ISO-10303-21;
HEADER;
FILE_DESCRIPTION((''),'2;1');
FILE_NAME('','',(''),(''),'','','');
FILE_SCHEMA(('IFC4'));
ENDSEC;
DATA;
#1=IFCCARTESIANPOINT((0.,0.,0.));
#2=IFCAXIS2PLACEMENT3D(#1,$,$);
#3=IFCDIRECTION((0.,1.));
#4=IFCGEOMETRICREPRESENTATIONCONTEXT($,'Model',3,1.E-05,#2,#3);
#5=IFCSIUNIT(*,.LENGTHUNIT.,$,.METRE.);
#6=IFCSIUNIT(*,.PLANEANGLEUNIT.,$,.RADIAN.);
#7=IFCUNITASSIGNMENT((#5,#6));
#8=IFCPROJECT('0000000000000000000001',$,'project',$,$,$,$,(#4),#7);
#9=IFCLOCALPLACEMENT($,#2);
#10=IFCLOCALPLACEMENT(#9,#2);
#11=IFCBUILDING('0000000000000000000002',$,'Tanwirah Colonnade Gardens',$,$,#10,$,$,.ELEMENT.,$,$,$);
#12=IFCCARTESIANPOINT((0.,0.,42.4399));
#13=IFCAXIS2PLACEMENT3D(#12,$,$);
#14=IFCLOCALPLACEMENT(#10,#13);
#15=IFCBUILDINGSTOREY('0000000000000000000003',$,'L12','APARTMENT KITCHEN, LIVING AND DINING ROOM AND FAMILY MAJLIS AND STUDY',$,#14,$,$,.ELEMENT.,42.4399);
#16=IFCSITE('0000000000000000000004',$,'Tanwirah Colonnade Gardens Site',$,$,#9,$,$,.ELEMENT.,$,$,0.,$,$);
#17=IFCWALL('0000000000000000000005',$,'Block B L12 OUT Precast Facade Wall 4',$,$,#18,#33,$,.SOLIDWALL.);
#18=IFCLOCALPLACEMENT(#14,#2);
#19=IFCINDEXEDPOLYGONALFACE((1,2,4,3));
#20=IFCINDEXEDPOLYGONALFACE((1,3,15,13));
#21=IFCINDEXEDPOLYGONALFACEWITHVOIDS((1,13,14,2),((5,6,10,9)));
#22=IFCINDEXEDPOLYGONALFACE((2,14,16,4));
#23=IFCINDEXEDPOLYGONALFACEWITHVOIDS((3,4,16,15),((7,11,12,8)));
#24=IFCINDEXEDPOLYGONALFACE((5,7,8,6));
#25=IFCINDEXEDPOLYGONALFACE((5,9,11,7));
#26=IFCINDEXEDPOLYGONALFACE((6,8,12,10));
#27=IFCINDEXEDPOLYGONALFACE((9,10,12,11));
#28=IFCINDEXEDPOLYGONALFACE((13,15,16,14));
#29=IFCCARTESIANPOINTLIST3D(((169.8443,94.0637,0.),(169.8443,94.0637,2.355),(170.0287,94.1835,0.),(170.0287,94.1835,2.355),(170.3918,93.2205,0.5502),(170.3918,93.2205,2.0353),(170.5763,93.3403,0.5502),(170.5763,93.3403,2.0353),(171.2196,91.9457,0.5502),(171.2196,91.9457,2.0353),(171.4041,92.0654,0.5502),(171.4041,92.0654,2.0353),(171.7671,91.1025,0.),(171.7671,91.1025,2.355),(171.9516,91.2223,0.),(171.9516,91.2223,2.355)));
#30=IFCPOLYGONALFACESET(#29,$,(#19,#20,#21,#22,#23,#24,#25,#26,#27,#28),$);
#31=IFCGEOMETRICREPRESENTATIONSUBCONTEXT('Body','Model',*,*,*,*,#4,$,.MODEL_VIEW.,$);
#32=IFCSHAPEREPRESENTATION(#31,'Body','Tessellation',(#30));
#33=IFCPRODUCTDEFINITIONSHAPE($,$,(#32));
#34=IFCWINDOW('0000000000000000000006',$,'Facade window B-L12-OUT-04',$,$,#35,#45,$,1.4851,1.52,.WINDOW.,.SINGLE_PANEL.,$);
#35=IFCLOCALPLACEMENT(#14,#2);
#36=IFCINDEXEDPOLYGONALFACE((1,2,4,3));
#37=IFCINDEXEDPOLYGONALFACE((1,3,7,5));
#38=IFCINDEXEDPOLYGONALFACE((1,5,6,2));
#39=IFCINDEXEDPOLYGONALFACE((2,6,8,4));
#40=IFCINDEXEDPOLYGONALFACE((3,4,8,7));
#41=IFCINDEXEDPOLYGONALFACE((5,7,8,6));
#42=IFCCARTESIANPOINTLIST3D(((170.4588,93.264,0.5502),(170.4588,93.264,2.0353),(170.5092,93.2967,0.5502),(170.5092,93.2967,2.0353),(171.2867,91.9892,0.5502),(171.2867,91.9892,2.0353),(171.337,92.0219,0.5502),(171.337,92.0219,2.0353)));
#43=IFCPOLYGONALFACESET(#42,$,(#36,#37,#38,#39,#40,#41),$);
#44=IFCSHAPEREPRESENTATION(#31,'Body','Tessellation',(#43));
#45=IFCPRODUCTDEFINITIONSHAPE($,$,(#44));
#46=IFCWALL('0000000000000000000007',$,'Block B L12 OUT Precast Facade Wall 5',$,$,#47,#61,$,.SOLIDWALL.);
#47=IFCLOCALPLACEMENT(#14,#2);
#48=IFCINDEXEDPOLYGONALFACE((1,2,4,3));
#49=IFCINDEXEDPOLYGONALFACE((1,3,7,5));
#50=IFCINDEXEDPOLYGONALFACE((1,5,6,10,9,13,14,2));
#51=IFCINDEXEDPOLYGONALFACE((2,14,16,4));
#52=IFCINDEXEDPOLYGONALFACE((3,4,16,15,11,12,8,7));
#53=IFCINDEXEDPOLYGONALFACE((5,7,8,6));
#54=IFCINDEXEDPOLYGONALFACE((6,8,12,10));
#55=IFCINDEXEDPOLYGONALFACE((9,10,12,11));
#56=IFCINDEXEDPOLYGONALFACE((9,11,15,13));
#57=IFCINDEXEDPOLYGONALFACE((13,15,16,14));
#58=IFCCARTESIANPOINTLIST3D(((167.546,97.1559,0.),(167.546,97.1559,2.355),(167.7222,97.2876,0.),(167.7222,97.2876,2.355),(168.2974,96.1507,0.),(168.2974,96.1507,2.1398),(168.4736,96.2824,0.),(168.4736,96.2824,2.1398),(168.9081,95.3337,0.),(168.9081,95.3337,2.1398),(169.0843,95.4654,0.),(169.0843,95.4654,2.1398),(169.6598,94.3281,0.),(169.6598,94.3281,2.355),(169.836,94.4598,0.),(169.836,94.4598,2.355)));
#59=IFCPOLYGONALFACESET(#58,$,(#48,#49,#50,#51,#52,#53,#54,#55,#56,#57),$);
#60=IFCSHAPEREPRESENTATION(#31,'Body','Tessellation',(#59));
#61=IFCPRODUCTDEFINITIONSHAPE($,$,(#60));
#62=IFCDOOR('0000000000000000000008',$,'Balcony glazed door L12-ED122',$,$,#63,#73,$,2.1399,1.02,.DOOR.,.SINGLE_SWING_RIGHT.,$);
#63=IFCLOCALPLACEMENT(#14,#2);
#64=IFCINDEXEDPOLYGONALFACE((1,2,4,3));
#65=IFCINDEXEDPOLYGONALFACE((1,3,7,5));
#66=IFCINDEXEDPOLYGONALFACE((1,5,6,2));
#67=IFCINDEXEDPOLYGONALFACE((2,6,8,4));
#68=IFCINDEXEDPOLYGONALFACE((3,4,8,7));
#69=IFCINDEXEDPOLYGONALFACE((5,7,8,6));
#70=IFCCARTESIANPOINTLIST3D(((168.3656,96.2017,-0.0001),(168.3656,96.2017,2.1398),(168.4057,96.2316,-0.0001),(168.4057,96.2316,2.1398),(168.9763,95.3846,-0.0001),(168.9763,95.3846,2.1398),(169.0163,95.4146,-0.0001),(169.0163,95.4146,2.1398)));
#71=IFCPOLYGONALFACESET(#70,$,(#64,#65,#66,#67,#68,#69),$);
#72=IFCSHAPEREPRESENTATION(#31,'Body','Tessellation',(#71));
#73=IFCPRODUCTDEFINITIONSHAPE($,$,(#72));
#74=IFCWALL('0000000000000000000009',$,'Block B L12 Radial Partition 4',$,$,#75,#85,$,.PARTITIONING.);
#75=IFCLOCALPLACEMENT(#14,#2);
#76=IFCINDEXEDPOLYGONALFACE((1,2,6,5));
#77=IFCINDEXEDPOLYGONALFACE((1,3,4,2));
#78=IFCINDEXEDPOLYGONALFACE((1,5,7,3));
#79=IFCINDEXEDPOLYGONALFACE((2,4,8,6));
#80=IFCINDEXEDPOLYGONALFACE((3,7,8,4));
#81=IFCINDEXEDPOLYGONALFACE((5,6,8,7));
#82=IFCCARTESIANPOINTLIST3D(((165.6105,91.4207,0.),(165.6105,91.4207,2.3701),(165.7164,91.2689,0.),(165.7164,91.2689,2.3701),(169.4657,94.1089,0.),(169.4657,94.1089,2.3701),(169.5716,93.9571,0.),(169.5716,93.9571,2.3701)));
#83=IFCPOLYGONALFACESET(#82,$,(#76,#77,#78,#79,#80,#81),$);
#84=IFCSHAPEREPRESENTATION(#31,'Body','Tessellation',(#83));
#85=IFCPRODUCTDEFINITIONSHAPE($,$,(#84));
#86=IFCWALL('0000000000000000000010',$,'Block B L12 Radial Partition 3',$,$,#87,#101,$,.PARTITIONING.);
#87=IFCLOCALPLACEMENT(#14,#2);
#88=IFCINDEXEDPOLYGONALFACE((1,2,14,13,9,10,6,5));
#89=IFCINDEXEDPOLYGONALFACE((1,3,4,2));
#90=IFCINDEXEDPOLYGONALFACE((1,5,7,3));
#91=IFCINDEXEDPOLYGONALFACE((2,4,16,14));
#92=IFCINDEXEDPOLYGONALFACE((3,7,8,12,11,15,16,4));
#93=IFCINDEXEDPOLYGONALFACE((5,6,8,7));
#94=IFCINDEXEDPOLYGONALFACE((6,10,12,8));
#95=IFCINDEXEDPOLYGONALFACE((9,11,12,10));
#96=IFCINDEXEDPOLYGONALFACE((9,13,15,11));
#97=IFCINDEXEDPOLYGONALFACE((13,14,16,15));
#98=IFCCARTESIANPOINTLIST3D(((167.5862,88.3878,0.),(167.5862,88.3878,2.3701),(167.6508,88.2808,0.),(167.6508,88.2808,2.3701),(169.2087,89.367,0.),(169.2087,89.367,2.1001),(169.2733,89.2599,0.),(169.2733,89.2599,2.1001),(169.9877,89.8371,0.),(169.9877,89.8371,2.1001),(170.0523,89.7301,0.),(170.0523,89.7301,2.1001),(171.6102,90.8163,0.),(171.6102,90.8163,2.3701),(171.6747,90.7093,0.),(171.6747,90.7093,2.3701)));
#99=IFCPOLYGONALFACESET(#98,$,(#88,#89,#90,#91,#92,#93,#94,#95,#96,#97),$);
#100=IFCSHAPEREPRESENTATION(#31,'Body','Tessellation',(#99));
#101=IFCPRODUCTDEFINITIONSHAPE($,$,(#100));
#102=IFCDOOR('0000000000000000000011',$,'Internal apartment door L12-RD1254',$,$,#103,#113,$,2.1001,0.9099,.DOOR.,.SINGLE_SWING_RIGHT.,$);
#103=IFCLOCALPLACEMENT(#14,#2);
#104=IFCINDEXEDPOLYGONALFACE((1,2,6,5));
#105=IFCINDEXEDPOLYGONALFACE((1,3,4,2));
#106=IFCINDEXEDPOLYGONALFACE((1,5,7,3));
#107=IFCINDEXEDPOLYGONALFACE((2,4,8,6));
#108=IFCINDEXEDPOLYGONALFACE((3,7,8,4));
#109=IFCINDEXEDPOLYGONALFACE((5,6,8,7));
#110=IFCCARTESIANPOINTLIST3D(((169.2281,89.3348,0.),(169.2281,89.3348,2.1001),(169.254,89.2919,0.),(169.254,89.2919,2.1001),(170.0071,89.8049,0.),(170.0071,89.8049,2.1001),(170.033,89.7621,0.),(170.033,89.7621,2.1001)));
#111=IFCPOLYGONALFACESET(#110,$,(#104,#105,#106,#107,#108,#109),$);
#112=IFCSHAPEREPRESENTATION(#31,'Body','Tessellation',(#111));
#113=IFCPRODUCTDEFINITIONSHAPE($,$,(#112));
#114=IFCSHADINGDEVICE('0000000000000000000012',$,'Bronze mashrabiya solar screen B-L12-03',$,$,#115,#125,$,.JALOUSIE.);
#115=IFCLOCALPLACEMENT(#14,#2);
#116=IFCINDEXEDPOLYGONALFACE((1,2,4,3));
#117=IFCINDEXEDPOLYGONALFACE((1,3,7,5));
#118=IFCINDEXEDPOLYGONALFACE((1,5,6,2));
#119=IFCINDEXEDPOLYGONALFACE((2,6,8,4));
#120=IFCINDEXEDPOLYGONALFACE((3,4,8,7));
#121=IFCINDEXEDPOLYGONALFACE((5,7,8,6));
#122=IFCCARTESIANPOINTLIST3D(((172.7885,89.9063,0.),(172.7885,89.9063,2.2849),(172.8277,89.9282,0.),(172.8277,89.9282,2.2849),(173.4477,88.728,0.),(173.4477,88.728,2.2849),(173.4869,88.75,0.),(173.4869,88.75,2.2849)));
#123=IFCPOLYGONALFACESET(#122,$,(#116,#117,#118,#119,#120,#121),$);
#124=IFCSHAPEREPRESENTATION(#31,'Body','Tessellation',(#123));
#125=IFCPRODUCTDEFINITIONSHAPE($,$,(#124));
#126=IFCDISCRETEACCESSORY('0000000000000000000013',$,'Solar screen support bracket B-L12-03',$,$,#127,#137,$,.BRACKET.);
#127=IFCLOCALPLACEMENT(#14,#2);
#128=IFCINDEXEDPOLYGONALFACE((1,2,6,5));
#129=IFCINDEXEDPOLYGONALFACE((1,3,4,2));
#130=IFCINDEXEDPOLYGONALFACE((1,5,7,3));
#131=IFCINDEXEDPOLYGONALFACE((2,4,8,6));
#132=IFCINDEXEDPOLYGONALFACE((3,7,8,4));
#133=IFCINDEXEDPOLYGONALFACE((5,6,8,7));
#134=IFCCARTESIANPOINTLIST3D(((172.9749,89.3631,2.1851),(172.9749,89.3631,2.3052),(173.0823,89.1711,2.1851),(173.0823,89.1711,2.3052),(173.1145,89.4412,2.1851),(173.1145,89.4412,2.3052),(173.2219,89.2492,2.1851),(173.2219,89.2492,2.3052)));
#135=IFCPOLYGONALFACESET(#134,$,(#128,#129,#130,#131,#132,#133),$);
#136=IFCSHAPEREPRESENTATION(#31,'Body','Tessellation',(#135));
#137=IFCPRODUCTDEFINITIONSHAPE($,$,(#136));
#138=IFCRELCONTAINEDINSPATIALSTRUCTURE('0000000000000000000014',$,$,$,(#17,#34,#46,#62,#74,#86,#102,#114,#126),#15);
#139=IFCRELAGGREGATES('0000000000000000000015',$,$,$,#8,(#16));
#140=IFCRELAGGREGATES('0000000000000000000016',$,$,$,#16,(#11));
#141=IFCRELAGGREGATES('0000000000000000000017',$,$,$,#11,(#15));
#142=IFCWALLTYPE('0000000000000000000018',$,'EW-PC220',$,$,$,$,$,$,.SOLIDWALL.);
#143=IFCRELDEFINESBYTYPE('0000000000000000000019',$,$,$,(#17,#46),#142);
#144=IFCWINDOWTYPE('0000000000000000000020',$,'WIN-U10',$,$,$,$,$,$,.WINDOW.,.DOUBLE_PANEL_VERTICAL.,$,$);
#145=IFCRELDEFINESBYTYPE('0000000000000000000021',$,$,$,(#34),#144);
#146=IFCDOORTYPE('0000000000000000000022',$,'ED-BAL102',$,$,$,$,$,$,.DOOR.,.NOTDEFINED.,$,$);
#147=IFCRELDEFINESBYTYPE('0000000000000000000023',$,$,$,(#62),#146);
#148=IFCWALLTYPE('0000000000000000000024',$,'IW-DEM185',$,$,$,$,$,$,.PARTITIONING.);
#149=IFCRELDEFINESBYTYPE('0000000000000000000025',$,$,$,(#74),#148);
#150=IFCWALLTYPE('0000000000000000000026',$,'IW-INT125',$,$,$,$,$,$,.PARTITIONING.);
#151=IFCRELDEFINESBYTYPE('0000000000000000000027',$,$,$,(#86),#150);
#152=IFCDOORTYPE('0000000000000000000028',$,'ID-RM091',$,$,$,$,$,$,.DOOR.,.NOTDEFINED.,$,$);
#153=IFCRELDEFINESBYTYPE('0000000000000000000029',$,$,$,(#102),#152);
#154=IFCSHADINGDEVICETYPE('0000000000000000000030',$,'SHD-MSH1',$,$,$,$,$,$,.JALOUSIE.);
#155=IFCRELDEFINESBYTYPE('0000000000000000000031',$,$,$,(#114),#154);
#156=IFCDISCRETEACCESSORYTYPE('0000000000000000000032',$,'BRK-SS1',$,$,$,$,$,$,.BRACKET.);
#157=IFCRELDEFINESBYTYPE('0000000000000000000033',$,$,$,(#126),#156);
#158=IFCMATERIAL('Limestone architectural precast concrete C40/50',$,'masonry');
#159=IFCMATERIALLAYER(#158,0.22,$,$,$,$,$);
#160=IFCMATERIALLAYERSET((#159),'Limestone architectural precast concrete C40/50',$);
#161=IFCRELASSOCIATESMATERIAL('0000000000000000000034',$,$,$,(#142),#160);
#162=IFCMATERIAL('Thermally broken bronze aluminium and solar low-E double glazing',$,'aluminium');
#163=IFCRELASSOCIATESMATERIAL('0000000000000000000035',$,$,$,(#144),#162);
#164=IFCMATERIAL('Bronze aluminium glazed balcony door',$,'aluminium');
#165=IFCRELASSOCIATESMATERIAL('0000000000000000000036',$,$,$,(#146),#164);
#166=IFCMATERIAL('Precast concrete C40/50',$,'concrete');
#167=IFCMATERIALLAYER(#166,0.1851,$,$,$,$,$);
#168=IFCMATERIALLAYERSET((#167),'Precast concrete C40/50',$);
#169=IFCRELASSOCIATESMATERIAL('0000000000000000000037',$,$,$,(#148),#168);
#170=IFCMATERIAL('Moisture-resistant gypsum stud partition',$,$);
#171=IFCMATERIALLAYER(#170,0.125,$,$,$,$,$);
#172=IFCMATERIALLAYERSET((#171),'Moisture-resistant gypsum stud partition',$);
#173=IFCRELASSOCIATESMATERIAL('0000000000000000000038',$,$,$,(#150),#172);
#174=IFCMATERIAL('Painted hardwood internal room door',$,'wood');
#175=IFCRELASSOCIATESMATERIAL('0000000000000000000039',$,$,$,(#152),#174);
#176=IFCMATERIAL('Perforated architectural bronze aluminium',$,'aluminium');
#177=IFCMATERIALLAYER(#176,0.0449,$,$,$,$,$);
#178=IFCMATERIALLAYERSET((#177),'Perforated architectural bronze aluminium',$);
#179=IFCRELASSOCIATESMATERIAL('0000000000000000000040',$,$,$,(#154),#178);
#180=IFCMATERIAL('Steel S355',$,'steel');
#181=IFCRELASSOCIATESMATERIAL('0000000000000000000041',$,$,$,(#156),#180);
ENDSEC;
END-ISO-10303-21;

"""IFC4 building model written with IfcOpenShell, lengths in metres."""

from ifc_helpers import new_model, si_unit, direction, frame, frame_2d, origin, origin_2d, place, context, subcontext, project, spatial, rectangle, extrude, material, layer, layer_set, type_object, element, fill, save


model = new_model("IFC4")

# Units and contexts
model_context = context("Model", 3, precision=1e-05, world=origin(), true_north=direction((0.0, 1.0)))
body_context = subcontext(model_context, "Body", "Model", "MODEL_VIEW")
ifc_project = project(units=[si_unit("LENGTHUNIT", "METRE"), si_unit("PLANEANGLEUNIT", "RADIAN")], contexts=[model_context])

# Site, building, storey
site_placement = place(None, origin())
site = spatial("IfcSite", under=ifc_project, at=site_placement, Name="Tanwirah Colonnade Gardens Site", CompositionType="ELEMENT", RefElevation=0.0)
building_placement = place(site_placement, origin())
building = spatial("IfcBuilding", under=site, at=building_placement, Name="Tanwirah Colonnade Gardens", CompositionType="ELEMENT")
storey_placement = place(building_placement, frame((0.0, 0.0, 42.4399)))
storey = spatial("IfcBuildingStorey", under=building, at=storey_placement, Name="L12", Description="APARTMENT KITCHEN, LIVING AND DINING ROOM AND FAMILY MAJLIS AND STUDY", CompositionType="ELEMENT", Elevation=42.4399)

# Shared definitions
ifc_material_1 = material(Name="Precast concrete C40/50", Category="concrete")

# Wall, opening, window
ifc_material_2 = material(Name="Limestone architectural precast concrete C40/50", Category="masonry")
ifc_layer_1 = layer(ifc_material_2, 0.22)
ifc_layer_set_1 = layer_set([ifc_layer_1], Name="Limestone architectural precast concrete C40/50")
wall_type_1 = type_object("IfcWallType", Name="EW-PC220", PredefinedType="SOLIDWALL", material=ifc_layer_set_1)
ifc_material_3 = material(Name="Thermally broken bronze aluminium and solar low-E double glazing", Category="aluminium")
wall_1_placement = place(storey_placement, frame((171.8594, 91.1624, 0.0), z_axis=(0.0, 0.0, 1.0), x_axis=(-0.544607, 0.838692, 0.0)))
wall_1 = element("IfcWall", 1, at=wall_1_placement, inside=storey, type_object=wall_type_1, Name="Block B L12 OUT Precast Facade Wall 4", PredefinedType="SOLIDWALL", context=body_context, shape_type="SweptSolid", body=[
    extrude(rectangle(XDim=3.5308, YDim=0.22, at=frame_2d((1.7654, 0.0))), origin(), (0.0, 0.0, 1.0), 2.355),
])
opening_1_placement = place(wall_1_placement, frame((1.0054, 0.0, 0.55)))
opening_1 = element("IfcOpeningElement", 2, at=opening_1_placement, cuts=wall_1, PredefinedType="OPENING", context=body_context, shape_type="SweptSolid", body=[
    extrude(rectangle(XDim=1.52, YDim=1.4851, at=frame_2d((0.76, 0.7427))), frame((0.0, 0.1199, 0.0), z_axis=(0.0, -1.0, 0.0), x_axis=(1.0, 0.0, 0.0)), (0.0, 0.0, 1.0), 0.24),
])
window_type_1 = type_object("IfcWindowType", Name="WIN-U10", PartitioningType="DOUBLE_PANEL_VERTICAL", PredefinedType="WINDOW", material=ifc_material_3)
window_1_placement = place(opening_1_placement, origin())
window_1 = element("IfcWindow", 3, at=window_1_placement, inside=storey, type_object=window_type_1, Name="Facade window B-L12-OUT-04", OverallHeight=1.4851, OverallWidth=1.52, PartitioningType="SINGLE_PANEL", PredefinedType="WINDOW", context=body_context, shape_type="SweptSolid", body=[
    extrude(rectangle(XDim=1.52, YDim=1.4851, at=frame_2d((0.76, 0.7427))), frame((0.0, 0.03, 0.0), z_axis=(0.0, -1.0, 0.0), x_axis=(1.0, 0.0, 0.0)), (0.0, 0.0, 1.0), 0.0601),
])
fill(opening_1, window_1)

# Wall, opening, door
wall_2_placement = place(storey_placement, frame((169.7478, 94.394, 0.0), z_axis=(0.0, 0.0, 1.0), x_axis=(-0.598705, 0.80097, 0.0)))
wall_2 = element("IfcWall", 4, at=wall_2_placement, inside=storey, type_object=wall_type_1, Name="Block B L12 OUT Precast Facade Wall 5", PredefinedType="SOLIDWALL", context=body_context, shape_type="SweptSolid", body=[
    extrude(rectangle(XDim=3.5305, YDim=0.22, at=frame_2d((1.7651, 0.0))), origin(), (0.0, 0.0, 1.0), 2.355),
])
opening_2_placement = place(wall_2_placement, frame((1.2554, 0.0, 0.0)))
opening_2 = element("IfcOpeningElement", 5, at=opening_2_placement, cuts=wall_2, PredefinedType="OPENING", context=body_context, shape_type="SweptSolid", body=[
    extrude(rectangle(XDim=1.02, YDim=2.1399, at=frame_2d((0.51, 1.0698))), frame((0.0, 0.1199, 0.0), z_axis=(0.0, -1.0, 0.0), x_axis=(1.0, 0.0, 0.0)), (0.0, 0.0, 1.0), 0.24),
])
ifc_material_4 = material(Name="Bronze aluminium glazed balcony door", Category="aluminium")
door_type_1 = type_object("IfcDoorType", Name="ED-BAL102", OperationType="NOTDEFINED", PredefinedType="DOOR", material=ifc_material_4)
door_1_placement = place(opening_2_placement, origin())
door_1 = element("IfcDoor", 6, at=door_1_placement, inside=storey, type_object=door_type_1, Name="Balcony glazed door L12-ED122", OperationType="SINGLE_SWING_RIGHT", OverallHeight=2.1399, OverallWidth=1.02, PredefinedType="DOOR", context=body_context, shape_type="SweptSolid", body=[
    extrude(rectangle(XDim=1.02, YDim=2.1399, at=frame_2d((0.51, 1.0698))), frame((0.0, 0.0249, 0.0), z_axis=(0.0, -1.0, 0.0), x_axis=(1.0, 0.0, 0.0)), (0.0, 0.0, 1.0), 0.05),
])
fill(opening_2, door_1)

# Wall
ifc_layer_2 = layer(ifc_material_1, 0.1851)
ifc_layer_set_2 = layer_set([ifc_layer_2], Name="Precast concrete C40/50")
wall_type_2 = type_object("IfcWallType", Name="IW-DEM185", PredefinedType="PARTITIONING", material=ifc_layer_set_2)
wall_3_placement = place(storey_placement, frame((165.6633, 91.3447, 0.0), z_axis=(0.0, 0.0, 1.0), x_axis=(0.820273, 0.571973, 0.0)))
element("IfcWall", 7, at=wall_3_placement, inside=storey, type_object=wall_type_2, Name="Block B L12 Radial Partition 4", PredefinedType="PARTITIONING", context=body_context, shape_type="SweptSolid", body=[
    extrude(rectangle(XDim=4.7, YDim=0.1851, at=frame_2d((2.3501, 0.0))), origin(), (0.0, 0.0, 1.0), 2.3701),
])

# Wall, opening, door
ifc_material_5 = material(Name="Moisture-resistant gypsum stud partition")
ifc_layer_3 = layer(ifc_material_5, 0.125)
ifc_layer_set_3 = layer_set([ifc_layer_3], Name="Moisture-resistant gypsum stud partition")
wall_type_3 = type_object("IfcWallType", Name="IW-INT125", PredefinedType="PARTITIONING", material=ifc_layer_set_3)
wall_4_placement = place(storey_placement, frame((167.6184, 88.3342, 0.0), z_axis=(0.0, 0.0, 1.0), x_axis=(0.856165, 0.516702, 0.0)))
wall_4 = element("IfcWall", 8, at=wall_4_placement, inside=storey, type_object=wall_type_3, Name="Block B L12 Radial Partition 3", PredefinedType="PARTITIONING", context=body_context, shape_type="SweptSolid", body=[
    extrude(rectangle(XDim=4.7, YDim=0.125, at=frame_2d((2.3501, 0.0))), origin(), (0.0, 0.0, 1.0), 2.3701),
])
opening_3_placement = place(wall_4_placement, frame((1.895, 0.0, 0.0)))
opening_3 = element("IfcOpeningElement", 9, at=opening_3_placement, cuts=wall_4, PredefinedType="OPENING", context=body_context, shape_type="SweptSolid", body=[
    extrude(rectangle(XDim=0.9099, YDim=2.1001, at=frame_2d((0.4551, 1.05))), frame((0.0, 0.0725, 0.0), z_axis=(0.0, -1.0, 0.0), x_axis=(1.0, 0.0, 0.0)), (0.0, 0.0, 1.0), 0.145),
])
ifc_material_6 = material(Name="Painted hardwood internal room door", Category="wood")
door_type_2 = type_object("IfcDoorType", Name="ID-RM091", OperationType="NOTDEFINED", PredefinedType="DOOR", material=ifc_material_6)
door_2_placement = place(opening_3_placement, origin())
door_2 = element("IfcDoor", 10, at=door_2_placement, inside=storey, type_object=door_type_2, Name="Internal apartment door L12-RD1254", OperationType="SINGLE_SWING_RIGHT", OverallHeight=2.1001, OverallWidth=0.9099, PredefinedType="DOOR", context=body_context, shape_type="SweptSolid", body=[
    extrude(rectangle(XDim=0.9099, YDim=2.1001, at=frame_2d((0.4551, 1.05))), frame((0.0, 0.0249, 0.0), z_axis=(0.0, -1.0, 0.0), x_axis=(1.0, 0.0, 0.0)), (0.0, 0.0, 1.0), 0.05),
])
fill(opening_3, door_2)

# Shading device
ifc_material_7 = material(Name="Perforated architectural bronze aluminium", Category="aluminium")
ifc_layer_4 = layer(ifc_material_7, 0.0449)
ifc_layer_set_4 = layer_set([ifc_layer_4], Name="Perforated architectural bronze aluminium")
shading_device_type = type_object("IfcShadingDeviceType", Name="SHD-MSH1", PredefinedType="JALOUSIE", material=ifc_layer_set_4)
shading_device_placement = place(storey_placement, frame((173.1377, 89.3281, 0.0), z_axis=(0.0, 0.0, 1.0), x_axis=(-0.488198, 0.872733, 0.0)))
element("IfcShadingDevice", 11, at=shading_device_placement, inside=storey, type_object=shading_device_type, Name="Bronze mashrabiya solar screen B-L12-03", PredefinedType="JALOUSIE", context=body_context, shape_type="SweptSolid", body=[
    extrude(rectangle(XDim=1.3501, YDim=0.0449, at=origin_2d()), origin(), (0.0, 0.0, 1.0), 2.2849),
])

# Discrete accessory
ifc_material_8 = material(Name="Steel S355", Category="steel")
discrete_accessory_type = type_object("IfcDiscreteAccessoryType", Name="BRK-SS1", PredefinedType="BRACKET", material=ifc_material_8)
discrete_accessory_placement = place(storey_placement, frame((173.0984, 89.3062, 2.1851), z_axis=(0.0, 0.0, 1.0), x_axis=(-0.488198, 0.872733, 0.0)))
element("IfcDiscreteAccessory", 12, at=discrete_accessory_placement, inside=storey, type_object=discrete_accessory_type, Name="Solar screen support bracket B-L12-03", PredefinedType="BRACKET", context=body_context, shape_type="SweptSolid", body=[
    extrude(rectangle(XDim=0.22, YDim=0.1599, at=origin_2d()), origin(), (0.0, 0.0, 1.0), 0.1201),
])

save(model, "model.ifc")
